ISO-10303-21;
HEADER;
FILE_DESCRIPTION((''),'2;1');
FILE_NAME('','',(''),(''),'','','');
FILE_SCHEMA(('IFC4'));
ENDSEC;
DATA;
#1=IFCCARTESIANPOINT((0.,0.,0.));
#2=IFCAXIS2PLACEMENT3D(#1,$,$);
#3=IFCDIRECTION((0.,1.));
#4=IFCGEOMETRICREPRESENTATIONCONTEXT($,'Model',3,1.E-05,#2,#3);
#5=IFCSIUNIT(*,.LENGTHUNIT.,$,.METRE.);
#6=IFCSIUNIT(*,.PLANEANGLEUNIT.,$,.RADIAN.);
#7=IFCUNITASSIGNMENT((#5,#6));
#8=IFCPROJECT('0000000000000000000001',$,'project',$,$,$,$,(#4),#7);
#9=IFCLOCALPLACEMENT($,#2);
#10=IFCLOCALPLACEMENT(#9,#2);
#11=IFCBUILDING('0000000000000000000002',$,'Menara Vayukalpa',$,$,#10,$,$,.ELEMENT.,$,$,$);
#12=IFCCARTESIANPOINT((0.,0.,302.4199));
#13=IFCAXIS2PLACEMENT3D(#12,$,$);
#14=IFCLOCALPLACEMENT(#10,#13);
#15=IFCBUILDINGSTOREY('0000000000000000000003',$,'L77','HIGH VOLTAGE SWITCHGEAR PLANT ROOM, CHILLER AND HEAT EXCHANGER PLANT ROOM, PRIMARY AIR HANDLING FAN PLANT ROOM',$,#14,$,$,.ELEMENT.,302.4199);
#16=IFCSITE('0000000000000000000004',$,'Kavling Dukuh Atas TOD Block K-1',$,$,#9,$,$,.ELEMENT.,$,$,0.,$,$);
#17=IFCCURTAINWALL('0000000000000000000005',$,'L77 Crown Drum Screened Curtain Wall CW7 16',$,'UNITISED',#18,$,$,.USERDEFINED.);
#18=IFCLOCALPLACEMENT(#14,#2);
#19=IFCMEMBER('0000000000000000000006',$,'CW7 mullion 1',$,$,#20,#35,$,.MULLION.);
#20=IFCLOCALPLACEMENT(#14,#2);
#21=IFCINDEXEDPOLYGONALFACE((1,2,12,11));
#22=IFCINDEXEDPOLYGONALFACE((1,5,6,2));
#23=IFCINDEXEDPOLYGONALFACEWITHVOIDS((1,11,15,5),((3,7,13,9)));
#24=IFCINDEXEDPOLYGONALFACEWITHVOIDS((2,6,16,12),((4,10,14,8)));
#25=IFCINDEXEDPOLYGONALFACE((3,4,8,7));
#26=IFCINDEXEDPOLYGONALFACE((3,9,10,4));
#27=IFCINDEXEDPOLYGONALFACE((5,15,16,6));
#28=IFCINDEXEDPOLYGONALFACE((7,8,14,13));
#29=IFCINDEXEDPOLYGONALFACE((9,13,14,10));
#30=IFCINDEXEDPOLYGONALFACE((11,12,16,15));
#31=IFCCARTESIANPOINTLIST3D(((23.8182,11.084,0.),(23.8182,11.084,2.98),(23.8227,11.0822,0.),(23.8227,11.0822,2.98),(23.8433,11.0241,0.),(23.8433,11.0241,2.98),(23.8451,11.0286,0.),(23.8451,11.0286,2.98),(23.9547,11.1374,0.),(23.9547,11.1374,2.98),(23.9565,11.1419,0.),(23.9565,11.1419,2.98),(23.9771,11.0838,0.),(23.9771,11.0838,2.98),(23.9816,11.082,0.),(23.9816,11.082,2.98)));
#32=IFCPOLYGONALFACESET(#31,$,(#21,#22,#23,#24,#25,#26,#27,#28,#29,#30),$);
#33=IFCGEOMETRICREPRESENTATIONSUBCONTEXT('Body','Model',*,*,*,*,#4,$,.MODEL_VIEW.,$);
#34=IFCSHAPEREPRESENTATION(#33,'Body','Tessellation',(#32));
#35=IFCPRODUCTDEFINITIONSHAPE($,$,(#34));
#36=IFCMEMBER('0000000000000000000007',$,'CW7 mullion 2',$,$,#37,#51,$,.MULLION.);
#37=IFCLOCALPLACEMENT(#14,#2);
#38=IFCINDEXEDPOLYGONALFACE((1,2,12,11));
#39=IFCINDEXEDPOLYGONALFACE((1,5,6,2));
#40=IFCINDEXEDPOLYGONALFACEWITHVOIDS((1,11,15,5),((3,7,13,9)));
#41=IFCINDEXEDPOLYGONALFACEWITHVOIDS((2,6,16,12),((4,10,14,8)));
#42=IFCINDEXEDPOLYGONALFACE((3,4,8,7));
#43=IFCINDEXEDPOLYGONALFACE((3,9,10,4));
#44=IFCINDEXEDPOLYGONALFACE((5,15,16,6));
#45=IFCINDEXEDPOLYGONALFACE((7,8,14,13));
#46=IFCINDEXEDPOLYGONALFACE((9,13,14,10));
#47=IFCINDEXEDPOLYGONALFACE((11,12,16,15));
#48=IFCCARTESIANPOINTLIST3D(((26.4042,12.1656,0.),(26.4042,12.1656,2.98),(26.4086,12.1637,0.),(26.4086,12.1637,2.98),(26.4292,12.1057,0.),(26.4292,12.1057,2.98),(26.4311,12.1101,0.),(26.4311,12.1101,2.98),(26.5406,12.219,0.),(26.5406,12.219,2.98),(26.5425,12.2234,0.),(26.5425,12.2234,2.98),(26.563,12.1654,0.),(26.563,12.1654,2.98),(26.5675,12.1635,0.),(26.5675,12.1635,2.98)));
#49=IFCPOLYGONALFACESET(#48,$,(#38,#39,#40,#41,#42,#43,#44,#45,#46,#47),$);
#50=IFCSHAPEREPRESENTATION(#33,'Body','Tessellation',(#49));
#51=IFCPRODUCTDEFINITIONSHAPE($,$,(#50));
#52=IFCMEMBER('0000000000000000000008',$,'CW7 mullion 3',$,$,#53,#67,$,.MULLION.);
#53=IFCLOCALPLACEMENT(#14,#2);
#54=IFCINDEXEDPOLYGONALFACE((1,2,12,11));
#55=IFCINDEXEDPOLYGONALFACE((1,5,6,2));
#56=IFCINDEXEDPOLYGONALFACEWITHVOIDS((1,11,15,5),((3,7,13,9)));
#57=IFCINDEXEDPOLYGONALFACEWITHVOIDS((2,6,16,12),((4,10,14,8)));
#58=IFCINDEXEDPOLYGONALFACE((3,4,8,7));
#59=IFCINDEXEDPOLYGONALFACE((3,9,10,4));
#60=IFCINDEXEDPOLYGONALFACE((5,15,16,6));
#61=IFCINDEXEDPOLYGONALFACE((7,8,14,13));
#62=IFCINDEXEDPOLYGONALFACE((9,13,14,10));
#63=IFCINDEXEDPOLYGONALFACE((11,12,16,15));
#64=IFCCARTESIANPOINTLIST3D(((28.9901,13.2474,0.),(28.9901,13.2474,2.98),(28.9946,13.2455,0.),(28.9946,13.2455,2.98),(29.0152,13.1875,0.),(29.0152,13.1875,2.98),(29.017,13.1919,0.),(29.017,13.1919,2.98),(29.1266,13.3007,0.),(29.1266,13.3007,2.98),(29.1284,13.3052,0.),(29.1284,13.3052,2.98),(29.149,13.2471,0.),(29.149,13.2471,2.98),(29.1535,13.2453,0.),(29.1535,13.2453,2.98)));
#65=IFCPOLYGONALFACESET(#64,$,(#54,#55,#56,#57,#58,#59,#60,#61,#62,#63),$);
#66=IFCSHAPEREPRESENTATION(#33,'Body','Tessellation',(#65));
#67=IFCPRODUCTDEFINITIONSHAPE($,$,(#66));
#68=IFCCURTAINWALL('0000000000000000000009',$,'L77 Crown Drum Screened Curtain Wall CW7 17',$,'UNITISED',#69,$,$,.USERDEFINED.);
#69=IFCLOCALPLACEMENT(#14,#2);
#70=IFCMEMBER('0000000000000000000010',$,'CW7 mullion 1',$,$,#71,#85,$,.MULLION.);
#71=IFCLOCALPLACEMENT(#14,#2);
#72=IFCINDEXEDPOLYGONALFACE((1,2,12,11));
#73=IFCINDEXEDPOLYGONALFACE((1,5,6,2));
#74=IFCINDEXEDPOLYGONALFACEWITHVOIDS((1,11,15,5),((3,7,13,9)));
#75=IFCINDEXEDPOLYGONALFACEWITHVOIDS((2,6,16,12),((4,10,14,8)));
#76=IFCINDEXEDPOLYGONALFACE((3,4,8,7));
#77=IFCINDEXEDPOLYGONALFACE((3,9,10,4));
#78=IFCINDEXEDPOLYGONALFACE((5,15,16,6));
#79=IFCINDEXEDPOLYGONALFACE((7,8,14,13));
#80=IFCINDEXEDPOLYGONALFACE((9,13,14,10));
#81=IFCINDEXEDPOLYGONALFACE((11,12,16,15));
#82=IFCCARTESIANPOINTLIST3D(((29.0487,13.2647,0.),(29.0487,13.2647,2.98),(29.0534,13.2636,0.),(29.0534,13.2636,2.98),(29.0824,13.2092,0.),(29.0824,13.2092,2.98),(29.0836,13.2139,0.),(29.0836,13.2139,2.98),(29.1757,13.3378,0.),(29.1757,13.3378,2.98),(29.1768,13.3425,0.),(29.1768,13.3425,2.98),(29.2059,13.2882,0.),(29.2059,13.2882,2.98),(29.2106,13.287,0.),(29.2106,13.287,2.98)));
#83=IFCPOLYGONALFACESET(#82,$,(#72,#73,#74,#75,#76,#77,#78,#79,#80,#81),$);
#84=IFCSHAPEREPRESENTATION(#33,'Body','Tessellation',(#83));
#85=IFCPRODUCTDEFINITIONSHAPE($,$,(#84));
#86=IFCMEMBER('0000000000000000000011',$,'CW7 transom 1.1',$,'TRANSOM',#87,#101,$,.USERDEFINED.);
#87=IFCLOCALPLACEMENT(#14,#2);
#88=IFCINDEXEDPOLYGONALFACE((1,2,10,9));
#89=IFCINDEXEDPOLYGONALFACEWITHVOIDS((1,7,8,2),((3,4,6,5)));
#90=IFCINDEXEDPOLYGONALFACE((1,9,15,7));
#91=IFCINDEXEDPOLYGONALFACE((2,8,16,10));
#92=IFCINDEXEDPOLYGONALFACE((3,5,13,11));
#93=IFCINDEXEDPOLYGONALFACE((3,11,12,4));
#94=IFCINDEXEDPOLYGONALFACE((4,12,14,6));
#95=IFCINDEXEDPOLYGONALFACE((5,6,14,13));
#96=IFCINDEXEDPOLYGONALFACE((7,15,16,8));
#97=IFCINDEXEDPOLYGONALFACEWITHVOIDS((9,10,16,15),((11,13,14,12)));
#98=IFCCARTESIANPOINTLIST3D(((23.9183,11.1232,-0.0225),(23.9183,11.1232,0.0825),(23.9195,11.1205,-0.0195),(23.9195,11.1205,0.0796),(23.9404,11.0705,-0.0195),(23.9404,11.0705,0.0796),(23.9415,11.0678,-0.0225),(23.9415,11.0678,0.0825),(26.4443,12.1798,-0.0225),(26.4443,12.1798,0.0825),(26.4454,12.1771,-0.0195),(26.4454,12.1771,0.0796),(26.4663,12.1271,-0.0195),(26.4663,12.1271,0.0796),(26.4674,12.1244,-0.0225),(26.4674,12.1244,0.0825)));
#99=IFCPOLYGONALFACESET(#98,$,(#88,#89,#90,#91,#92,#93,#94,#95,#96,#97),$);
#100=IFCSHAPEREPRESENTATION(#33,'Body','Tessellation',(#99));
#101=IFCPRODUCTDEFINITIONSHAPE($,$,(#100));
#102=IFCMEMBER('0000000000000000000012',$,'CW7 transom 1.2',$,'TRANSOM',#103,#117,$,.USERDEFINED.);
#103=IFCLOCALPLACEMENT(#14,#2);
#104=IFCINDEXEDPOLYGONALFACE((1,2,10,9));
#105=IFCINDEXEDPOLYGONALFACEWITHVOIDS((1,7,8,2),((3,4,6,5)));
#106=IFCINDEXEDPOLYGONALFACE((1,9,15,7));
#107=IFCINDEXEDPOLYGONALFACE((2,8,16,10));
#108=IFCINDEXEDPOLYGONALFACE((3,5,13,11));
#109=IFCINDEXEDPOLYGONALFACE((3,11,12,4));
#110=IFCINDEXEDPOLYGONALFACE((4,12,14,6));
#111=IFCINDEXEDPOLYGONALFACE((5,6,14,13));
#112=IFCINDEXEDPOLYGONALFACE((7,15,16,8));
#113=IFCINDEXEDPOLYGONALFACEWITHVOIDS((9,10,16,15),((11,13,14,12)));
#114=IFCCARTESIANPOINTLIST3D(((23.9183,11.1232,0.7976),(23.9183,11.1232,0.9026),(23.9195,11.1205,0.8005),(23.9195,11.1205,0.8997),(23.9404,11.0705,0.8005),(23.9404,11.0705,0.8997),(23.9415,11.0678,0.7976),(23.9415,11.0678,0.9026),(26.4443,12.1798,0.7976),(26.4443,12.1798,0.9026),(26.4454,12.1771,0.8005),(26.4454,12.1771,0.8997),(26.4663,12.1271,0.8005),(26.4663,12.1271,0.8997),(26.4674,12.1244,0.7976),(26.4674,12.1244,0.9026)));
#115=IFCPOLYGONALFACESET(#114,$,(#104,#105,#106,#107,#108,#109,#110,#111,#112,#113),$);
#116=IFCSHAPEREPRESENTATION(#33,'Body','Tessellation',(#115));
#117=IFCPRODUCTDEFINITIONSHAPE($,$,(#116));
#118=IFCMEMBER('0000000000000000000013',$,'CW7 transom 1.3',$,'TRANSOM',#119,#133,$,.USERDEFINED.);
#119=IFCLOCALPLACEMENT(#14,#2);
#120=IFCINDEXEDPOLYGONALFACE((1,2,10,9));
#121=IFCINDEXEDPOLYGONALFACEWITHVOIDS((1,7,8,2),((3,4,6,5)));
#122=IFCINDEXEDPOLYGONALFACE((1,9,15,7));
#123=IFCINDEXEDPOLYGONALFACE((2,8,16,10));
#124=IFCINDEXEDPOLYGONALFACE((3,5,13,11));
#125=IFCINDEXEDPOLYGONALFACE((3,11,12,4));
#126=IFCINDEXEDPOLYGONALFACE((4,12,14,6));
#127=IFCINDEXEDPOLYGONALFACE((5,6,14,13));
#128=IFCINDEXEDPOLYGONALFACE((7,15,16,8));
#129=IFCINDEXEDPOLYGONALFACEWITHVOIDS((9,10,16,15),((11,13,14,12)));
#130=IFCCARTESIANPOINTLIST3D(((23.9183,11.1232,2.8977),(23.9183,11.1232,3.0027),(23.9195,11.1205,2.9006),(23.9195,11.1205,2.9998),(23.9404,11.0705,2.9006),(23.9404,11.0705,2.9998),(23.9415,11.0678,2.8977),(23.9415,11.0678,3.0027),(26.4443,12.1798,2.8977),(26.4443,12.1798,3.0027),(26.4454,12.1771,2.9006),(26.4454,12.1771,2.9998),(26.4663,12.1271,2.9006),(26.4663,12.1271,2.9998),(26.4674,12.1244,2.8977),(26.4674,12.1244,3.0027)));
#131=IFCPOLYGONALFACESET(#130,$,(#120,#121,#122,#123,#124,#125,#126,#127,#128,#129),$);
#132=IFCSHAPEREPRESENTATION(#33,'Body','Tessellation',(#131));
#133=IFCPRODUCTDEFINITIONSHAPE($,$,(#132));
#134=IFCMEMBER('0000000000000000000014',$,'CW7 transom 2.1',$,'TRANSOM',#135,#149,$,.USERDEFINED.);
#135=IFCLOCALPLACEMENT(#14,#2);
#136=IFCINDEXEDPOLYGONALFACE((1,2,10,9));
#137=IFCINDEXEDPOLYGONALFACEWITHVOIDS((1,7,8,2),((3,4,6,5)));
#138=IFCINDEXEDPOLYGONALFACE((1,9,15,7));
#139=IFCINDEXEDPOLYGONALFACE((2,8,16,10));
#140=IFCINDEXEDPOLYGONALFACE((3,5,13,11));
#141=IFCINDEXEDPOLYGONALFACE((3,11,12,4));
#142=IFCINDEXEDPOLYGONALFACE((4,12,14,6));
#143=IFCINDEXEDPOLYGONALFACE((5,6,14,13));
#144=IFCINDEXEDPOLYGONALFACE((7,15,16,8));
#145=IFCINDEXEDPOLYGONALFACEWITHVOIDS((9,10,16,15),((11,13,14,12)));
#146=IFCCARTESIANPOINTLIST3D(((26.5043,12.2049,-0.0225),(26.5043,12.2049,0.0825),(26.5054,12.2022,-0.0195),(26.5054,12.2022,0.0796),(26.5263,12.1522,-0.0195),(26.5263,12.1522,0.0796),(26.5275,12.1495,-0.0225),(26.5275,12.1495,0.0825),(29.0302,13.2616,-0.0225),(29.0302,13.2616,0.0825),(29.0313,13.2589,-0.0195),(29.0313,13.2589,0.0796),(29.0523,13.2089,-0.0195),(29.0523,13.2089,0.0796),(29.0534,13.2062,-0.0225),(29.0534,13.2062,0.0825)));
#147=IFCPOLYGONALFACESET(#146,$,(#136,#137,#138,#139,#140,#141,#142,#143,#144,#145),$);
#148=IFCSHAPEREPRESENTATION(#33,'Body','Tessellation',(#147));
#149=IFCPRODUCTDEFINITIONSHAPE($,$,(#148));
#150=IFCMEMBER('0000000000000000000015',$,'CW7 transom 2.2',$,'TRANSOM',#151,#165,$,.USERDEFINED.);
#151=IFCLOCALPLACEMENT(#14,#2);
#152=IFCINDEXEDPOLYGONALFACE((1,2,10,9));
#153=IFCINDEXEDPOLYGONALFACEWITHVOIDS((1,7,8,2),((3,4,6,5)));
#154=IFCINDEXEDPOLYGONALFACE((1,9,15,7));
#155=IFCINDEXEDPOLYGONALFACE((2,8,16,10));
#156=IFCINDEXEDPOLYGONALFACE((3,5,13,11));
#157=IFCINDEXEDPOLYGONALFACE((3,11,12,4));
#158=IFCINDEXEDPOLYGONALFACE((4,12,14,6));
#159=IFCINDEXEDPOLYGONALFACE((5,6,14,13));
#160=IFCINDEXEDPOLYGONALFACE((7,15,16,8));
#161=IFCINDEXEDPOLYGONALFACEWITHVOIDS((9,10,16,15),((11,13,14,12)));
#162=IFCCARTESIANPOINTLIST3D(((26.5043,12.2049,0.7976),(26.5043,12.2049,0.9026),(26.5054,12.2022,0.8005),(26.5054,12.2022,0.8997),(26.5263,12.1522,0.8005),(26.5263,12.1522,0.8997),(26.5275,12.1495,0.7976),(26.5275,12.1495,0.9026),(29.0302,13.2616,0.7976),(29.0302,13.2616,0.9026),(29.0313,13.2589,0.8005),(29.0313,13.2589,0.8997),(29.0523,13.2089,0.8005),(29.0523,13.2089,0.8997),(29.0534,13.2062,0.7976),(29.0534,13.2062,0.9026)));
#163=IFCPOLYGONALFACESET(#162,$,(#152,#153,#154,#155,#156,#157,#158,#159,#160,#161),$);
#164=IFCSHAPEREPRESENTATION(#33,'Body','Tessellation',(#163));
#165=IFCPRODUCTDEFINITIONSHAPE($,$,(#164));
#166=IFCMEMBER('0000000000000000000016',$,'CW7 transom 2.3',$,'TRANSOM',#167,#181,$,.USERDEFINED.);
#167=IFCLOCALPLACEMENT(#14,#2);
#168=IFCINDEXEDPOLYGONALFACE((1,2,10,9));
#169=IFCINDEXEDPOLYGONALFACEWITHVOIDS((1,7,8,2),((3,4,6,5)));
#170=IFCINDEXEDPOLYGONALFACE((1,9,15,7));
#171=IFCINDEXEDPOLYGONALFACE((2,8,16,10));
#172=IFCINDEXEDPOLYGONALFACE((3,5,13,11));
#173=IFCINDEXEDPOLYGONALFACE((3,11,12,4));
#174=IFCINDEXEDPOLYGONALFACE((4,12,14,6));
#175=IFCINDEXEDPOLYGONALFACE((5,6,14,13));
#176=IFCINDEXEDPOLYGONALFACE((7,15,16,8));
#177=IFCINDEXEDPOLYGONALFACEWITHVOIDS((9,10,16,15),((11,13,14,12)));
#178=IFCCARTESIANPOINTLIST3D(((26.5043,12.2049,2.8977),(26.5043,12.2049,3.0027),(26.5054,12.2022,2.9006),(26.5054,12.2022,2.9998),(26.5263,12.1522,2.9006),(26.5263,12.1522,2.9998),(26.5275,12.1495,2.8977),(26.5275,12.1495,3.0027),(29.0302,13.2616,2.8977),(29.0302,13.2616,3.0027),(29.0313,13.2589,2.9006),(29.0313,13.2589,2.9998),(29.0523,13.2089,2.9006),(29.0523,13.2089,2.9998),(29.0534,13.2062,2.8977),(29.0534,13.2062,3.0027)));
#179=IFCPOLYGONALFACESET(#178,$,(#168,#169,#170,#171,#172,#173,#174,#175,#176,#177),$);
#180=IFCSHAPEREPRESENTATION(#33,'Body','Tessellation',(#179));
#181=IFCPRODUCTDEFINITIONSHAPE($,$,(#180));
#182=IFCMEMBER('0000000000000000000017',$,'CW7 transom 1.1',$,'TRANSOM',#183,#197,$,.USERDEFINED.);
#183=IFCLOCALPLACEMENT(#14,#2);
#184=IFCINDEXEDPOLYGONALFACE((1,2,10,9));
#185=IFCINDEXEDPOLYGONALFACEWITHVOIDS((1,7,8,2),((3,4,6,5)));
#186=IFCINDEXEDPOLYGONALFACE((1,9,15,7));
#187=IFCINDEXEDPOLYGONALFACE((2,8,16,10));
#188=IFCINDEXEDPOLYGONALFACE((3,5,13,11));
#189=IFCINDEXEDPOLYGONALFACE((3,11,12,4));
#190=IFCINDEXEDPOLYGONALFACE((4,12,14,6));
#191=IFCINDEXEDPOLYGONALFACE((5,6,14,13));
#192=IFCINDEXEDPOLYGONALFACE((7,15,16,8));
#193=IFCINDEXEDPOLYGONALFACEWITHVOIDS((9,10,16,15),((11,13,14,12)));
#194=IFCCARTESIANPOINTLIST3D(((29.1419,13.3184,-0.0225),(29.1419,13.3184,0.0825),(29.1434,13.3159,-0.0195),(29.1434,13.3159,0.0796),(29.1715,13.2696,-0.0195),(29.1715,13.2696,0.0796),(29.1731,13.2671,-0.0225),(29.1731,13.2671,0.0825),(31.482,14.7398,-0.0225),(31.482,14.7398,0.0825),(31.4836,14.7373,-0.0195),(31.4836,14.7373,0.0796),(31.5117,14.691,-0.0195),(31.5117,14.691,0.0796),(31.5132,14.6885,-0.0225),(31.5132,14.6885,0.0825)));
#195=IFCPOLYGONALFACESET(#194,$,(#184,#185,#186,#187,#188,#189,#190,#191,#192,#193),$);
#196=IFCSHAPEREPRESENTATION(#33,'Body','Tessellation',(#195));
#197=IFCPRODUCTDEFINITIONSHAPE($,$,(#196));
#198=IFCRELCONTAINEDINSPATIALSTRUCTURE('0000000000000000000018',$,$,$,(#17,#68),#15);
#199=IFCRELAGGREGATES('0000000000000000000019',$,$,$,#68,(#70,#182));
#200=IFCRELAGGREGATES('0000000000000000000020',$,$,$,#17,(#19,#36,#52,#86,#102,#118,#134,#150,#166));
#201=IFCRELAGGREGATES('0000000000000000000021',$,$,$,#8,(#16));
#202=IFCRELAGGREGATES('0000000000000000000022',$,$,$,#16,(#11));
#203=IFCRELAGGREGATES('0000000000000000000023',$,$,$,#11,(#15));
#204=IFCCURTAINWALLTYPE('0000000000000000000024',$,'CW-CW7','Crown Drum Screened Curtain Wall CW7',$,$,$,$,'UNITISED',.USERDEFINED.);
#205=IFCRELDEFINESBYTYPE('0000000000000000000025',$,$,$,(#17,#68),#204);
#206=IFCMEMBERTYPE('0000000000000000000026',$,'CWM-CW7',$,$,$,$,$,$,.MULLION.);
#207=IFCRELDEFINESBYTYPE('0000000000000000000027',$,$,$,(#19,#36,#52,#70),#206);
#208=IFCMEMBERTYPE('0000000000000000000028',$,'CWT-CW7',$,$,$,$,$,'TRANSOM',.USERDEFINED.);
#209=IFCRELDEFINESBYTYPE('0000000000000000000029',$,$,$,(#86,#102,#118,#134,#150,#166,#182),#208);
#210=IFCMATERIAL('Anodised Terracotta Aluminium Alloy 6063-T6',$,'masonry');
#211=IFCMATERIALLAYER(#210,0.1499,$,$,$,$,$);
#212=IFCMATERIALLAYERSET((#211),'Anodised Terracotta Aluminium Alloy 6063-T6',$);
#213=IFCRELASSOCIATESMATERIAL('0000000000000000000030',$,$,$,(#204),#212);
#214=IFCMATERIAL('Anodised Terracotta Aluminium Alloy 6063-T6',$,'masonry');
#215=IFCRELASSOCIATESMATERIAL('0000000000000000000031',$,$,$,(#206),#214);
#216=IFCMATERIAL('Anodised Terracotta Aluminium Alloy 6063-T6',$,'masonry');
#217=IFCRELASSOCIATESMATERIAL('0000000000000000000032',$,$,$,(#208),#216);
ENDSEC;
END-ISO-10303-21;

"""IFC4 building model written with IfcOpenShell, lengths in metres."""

from ifc_helpers import new_model, si_unit, direction, frame, origin, origin_2d, place, context, subcontext, project, spatial, hollow_rectangle, extrude, material, layer, layer_set, material_profile, profile_set, type_object, element, aggregate, save


model = new_model("IFC4")

# Units and contexts
model_context = context("Model", 3, precision=1e-05, world=origin(), true_north=direction((0.0, 1.0)))
body_context = subcontext(model_context, "Body", "Model", "MODEL_VIEW")
ifc_project = project(units=[si_unit("LENGTHUNIT", "METRE"), si_unit("PLANEANGLEUNIT", "RADIAN")], contexts=[model_context])

# Site, building, storey
site_placement = place(None, origin())
site = spatial("IfcSite", under=ifc_project, at=site_placement, Name="Kavling Dukuh Atas TOD Block K-1", CompositionType="ELEMENT", RefElevation=0.0)
building_placement = place(site_placement, origin())
building = spatial("IfcBuilding", under=site, at=building_placement, Name="Menara Vayukalpa", CompositionType="ELEMENT")
storey_placement = place(building_placement, frame((0.0, 0.0, 302.4199)))
storey = spatial("IfcBuildingStorey", under=building, at=storey_placement, Name="L77", Description="HIGH VOLTAGE SWITCHGEAR PLANT ROOM, CHILLER AND HEAT EXCHANGER PLANT ROOM, PRIMARY AIR HANDLING FAN PLANT ROOM", CompositionType="ELEMENT", Elevation=302.4199)

# Curtain wall, members
ifc_material_1 = material(Name="Anodised Terracotta Aluminium Alloy 6063-T6", Category="masonry")
ifc_layer_1 = layer(ifc_material_1, 0.1499)
ifc_layer_set_1 = layer_set([ifc_layer_1], Name="Anodised Terracotta Aluminium Alloy 6063-T6")
curtain_wall_type = type_object("IfcCurtainWallType", Name="CW-CW7", Description="Crown Drum Screened Curtain Wall CW7", ElementType="UNITISED", PredefinedType="USERDEFINED", material=ifc_layer_set_1)
curtain_wall_1_placement = place(storey_placement, origin())
curtain_wall_1 = element("IfcCurtainWall", 1, at=curtain_wall_1_placement, inside=storey, type_object=curtain_wall_type, Name="L77 Crown Drum Screened Curtain Wall CW7 16", ObjectType="UNITISED", PredefinedType="USERDEFINED")
ifc_material_2 = material(Name="Anodised Terracotta Aluminium Alloy 6063-T6", Category="masonry")
ifc_material_profile_1 = material_profile(ifc_material_2, hollow_rectangle(XDim=0.0649, YDim=0.1499, WallThickness=0.0034, at=origin_2d()), Name="ALU 65x150x3.5")
ifc_profile_set_1 = profile_set([ifc_material_profile_1], Name="Anodised Terracotta Aluminium Alloy 6063-T6")
member_type_1 = type_object("IfcMemberType", Name="CWM-CW7", PredefinedType="MULLION", material=ifc_profile_set_1)
member_1_placement = place(storey_placement, frame((23.8999, 11.083, 0.0), z_axis=(0.0, 0.0, 1.0), x_axis=(-0.385898, 0.922541, 0.0)))
member_1 = element("IfcMember", 2, at=member_1_placement, type_object=member_type_1, Name="CW7 mullion 1", PredefinedType="MULLION", context=body_context, shape_type="SweptSolid", body=[
    extrude(hollow_rectangle(XDim=0.0649, YDim=0.1499, WallThickness=0.0034, at=origin_2d()), origin(), (0.0, 0.0, 1.0), 2.98),
])
member_2_placement = place(storey_placement, frame((26.4858, 12.1646, 0.0), z_axis=(0.0, 0.0, 1.0), x_axis=(-0.385898, 0.922541, 0.0)))
member_2 = element("IfcMember", 3, at=member_2_placement, type_object=member_type_1, Name="CW7 mullion 2", PredefinedType="MULLION", context=body_context, shape_type="SweptSolid", body=[
    extrude(hollow_rectangle(XDim=0.0649, YDim=0.1499, WallThickness=0.0034, at=origin_2d()), origin(), (0.0, 0.0, 1.0), 2.98),
])
member_3_placement = place(storey_placement, frame((29.0718, 13.2463, 0.0), z_axis=(0.0, 0.0, 1.0), x_axis=(-0.385898, 0.922541, 0.0)))
member_3 = element("IfcMember", 4, at=member_3_placement, type_object=member_type_1, Name="CW7 mullion 3", PredefinedType="MULLION", context=body_context, shape_type="SweptSolid", body=[
    extrude(hollow_rectangle(XDim=0.0649, YDim=0.1499, WallThickness=0.0034, at=origin_2d()), origin(), (0.0, 0.0, 1.0), 2.98),
])

# Curtain wall, member
curtain_wall_2_placement = place(storey_placement, origin())
curtain_wall_2 = element("IfcCurtainWall", 5, at=curtain_wall_2_placement, inside=storey, type_object=curtain_wall_type, Name="L77 Crown Drum Screened Curtain Wall CW7 17", ObjectType="UNITISED", PredefinedType="USERDEFINED")
member_4_placement = place(storey_placement, frame((29.1296, 13.2759, 0.0), z_axis=(0.0, 0.0, 1.0), x_axis=(-0.519176, 0.854667, 0.0)))
member_4 = element("IfcMember", 6, at=member_4_placement, type_object=member_type_1, Name="CW7 mullion 1", PredefinedType="MULLION", context=body_context, shape_type="SweptSolid", body=[
    extrude(hollow_rectangle(XDim=0.0649, YDim=0.1499, WallThickness=0.0034, at=origin_2d()), origin(), (0.0, 0.0, 1.0), 2.98),
])

# Members
ifc_material_3 = material(Name="Anodised Terracotta Aluminium Alloy 6063-T6", Category="masonry")
ifc_material_profile_2 = material_profile(ifc_material_3, hollow_rectangle(XDim=0.0601, YDim=0.105, WallThickness=0.0029, at=origin_2d()), Name="ALU 60x105x3")
ifc_profile_set_2 = profile_set([ifc_material_profile_2], Name="Anodised Terracotta Aluminium Alloy 6063-T6")
member_type_2 = type_object("IfcMemberType", Name="CWT-CW7", ElementType="TRANSOM", PredefinedType="USERDEFINED", material=ifc_profile_set_2)
member_5_placement = place(storey_placement, frame((23.9299, 11.0955, 0.03), z_axis=(0.922533, 0.385919, 0.0), x_axis=(-0.385919, 0.922533, 0.0)))
member_5 = element("IfcMember", 7, at=member_5_placement, type_object=member_type_2, Name="CW7 transom 1.1", ObjectType="TRANSOM", PredefinedType="USERDEFINED", context=body_context, shape_type="SweptSolid", body=[
    extrude(hollow_rectangle(XDim=0.0601, YDim=0.105, WallThickness=0.0029, at=origin_2d()), origin(), (0.0, 0.0, 1.0), 2.738),
])
member_6_placement = place(storey_placement, frame((23.9299, 11.0955, 0.8501), z_axis=(0.922533, 0.385919, 0.0), x_axis=(-0.385919, 0.922533, 0.0)))
member_6 = element("IfcMember", 8, at=member_6_placement, type_object=member_type_2, Name="CW7 transom 1.2", ObjectType="TRANSOM", PredefinedType="USERDEFINED", context=body_context, shape_type="SweptSolid", body=[
    extrude(hollow_rectangle(XDim=0.0601, YDim=0.105, WallThickness=0.0029, at=origin_2d()), origin(), (0.0, 0.0, 1.0), 2.738),
])
member_7_placement = place(storey_placement, frame((23.9299, 11.0955, 2.9502), z_axis=(0.922533, 0.385919, 0.0), x_axis=(-0.385919, 0.922533, 0.0)))
member_7 = element("IfcMember", 9, at=member_7_placement, type_object=member_type_2, Name="CW7 transom 1.3", ObjectType="TRANSOM", PredefinedType="USERDEFINED", context=body_context, shape_type="SweptSolid", body=[
    extrude(hollow_rectangle(XDim=0.0601, YDim=0.105, WallThickness=0.0029, at=origin_2d()), origin(), (0.0, 0.0, 1.0), 2.738),
])
member_8_placement = place(storey_placement, frame((26.5159, 12.1772, 0.03), z_axis=(0.922533, 0.385919, 0.0), x_axis=(-0.385919, 0.922533, 0.0)))
member_8 = element("IfcMember", 10, at=member_8_placement, type_object=member_type_2, Name="CW7 transom 2.1", ObjectType="TRANSOM", PredefinedType="USERDEFINED", context=body_context, shape_type="SweptSolid", body=[
    extrude(hollow_rectangle(XDim=0.0601, YDim=0.105, WallThickness=0.0029, at=origin_2d()), origin(), (0.0, 0.0, 1.0), 2.738),
])
member_9_placement = place(storey_placement, frame((26.5159, 12.1772, 0.8501), z_axis=(0.922533, 0.385919, 0.0), x_axis=(-0.385919, 0.922533, 0.0)))
member_9 = element("IfcMember", 11, at=member_9_placement, type_object=member_type_2, Name="CW7 transom 2.2", ObjectType="TRANSOM", PredefinedType="USERDEFINED", context=body_context, shape_type="SweptSolid", body=[
    extrude(hollow_rectangle(XDim=0.0601, YDim=0.105, WallThickness=0.0029, at=origin_2d()), origin(), (0.0, 0.0, 1.0), 2.738),
])
member_10_placement = place(storey_placement, frame((26.5159, 12.1772, 2.9502), z_axis=(0.922533, 0.385919, 0.0), x_axis=(-0.385919, 0.922533, 0.0)))
member_10 = element("IfcMember", 12, at=member_10_placement, type_object=member_type_2, Name="CW7 transom 2.3", ObjectType="TRANSOM", PredefinedType="USERDEFINED", context=body_context, shape_type="SweptSolid", body=[
    extrude(hollow_rectangle(XDim=0.0601, YDim=0.105, WallThickness=0.0029, at=origin_2d()), origin(), (0.0, 0.0, 1.0), 2.738),
])
member_11_placement = place(storey_placement, frame((29.1575, 13.2927, 0.03), z_axis=(0.854687, 0.519143, 0.0), x_axis=(-0.519143, 0.854687, 0.0)))
member_11 = element("IfcMember", 13, at=member_11_placement, type_object=member_type_2, Name="CW7 transom 1.1", ObjectType="TRANSOM", PredefinedType="USERDEFINED", context=body_context, shape_type="SweptSolid", body=[
    extrude(hollow_rectangle(XDim=0.0601, YDim=0.105, WallThickness=0.0029, at=origin_2d()), origin(), (0.0, 0.0, 1.0), 2.738),
])
aggregate(curtain_wall_2, [member_4, member_11])

aggregate(curtain_wall_1, [member_1, member_2, member_3, member_5, member_6, member_7, member_8, member_9, member_10])

save(model, "model.ifc")
